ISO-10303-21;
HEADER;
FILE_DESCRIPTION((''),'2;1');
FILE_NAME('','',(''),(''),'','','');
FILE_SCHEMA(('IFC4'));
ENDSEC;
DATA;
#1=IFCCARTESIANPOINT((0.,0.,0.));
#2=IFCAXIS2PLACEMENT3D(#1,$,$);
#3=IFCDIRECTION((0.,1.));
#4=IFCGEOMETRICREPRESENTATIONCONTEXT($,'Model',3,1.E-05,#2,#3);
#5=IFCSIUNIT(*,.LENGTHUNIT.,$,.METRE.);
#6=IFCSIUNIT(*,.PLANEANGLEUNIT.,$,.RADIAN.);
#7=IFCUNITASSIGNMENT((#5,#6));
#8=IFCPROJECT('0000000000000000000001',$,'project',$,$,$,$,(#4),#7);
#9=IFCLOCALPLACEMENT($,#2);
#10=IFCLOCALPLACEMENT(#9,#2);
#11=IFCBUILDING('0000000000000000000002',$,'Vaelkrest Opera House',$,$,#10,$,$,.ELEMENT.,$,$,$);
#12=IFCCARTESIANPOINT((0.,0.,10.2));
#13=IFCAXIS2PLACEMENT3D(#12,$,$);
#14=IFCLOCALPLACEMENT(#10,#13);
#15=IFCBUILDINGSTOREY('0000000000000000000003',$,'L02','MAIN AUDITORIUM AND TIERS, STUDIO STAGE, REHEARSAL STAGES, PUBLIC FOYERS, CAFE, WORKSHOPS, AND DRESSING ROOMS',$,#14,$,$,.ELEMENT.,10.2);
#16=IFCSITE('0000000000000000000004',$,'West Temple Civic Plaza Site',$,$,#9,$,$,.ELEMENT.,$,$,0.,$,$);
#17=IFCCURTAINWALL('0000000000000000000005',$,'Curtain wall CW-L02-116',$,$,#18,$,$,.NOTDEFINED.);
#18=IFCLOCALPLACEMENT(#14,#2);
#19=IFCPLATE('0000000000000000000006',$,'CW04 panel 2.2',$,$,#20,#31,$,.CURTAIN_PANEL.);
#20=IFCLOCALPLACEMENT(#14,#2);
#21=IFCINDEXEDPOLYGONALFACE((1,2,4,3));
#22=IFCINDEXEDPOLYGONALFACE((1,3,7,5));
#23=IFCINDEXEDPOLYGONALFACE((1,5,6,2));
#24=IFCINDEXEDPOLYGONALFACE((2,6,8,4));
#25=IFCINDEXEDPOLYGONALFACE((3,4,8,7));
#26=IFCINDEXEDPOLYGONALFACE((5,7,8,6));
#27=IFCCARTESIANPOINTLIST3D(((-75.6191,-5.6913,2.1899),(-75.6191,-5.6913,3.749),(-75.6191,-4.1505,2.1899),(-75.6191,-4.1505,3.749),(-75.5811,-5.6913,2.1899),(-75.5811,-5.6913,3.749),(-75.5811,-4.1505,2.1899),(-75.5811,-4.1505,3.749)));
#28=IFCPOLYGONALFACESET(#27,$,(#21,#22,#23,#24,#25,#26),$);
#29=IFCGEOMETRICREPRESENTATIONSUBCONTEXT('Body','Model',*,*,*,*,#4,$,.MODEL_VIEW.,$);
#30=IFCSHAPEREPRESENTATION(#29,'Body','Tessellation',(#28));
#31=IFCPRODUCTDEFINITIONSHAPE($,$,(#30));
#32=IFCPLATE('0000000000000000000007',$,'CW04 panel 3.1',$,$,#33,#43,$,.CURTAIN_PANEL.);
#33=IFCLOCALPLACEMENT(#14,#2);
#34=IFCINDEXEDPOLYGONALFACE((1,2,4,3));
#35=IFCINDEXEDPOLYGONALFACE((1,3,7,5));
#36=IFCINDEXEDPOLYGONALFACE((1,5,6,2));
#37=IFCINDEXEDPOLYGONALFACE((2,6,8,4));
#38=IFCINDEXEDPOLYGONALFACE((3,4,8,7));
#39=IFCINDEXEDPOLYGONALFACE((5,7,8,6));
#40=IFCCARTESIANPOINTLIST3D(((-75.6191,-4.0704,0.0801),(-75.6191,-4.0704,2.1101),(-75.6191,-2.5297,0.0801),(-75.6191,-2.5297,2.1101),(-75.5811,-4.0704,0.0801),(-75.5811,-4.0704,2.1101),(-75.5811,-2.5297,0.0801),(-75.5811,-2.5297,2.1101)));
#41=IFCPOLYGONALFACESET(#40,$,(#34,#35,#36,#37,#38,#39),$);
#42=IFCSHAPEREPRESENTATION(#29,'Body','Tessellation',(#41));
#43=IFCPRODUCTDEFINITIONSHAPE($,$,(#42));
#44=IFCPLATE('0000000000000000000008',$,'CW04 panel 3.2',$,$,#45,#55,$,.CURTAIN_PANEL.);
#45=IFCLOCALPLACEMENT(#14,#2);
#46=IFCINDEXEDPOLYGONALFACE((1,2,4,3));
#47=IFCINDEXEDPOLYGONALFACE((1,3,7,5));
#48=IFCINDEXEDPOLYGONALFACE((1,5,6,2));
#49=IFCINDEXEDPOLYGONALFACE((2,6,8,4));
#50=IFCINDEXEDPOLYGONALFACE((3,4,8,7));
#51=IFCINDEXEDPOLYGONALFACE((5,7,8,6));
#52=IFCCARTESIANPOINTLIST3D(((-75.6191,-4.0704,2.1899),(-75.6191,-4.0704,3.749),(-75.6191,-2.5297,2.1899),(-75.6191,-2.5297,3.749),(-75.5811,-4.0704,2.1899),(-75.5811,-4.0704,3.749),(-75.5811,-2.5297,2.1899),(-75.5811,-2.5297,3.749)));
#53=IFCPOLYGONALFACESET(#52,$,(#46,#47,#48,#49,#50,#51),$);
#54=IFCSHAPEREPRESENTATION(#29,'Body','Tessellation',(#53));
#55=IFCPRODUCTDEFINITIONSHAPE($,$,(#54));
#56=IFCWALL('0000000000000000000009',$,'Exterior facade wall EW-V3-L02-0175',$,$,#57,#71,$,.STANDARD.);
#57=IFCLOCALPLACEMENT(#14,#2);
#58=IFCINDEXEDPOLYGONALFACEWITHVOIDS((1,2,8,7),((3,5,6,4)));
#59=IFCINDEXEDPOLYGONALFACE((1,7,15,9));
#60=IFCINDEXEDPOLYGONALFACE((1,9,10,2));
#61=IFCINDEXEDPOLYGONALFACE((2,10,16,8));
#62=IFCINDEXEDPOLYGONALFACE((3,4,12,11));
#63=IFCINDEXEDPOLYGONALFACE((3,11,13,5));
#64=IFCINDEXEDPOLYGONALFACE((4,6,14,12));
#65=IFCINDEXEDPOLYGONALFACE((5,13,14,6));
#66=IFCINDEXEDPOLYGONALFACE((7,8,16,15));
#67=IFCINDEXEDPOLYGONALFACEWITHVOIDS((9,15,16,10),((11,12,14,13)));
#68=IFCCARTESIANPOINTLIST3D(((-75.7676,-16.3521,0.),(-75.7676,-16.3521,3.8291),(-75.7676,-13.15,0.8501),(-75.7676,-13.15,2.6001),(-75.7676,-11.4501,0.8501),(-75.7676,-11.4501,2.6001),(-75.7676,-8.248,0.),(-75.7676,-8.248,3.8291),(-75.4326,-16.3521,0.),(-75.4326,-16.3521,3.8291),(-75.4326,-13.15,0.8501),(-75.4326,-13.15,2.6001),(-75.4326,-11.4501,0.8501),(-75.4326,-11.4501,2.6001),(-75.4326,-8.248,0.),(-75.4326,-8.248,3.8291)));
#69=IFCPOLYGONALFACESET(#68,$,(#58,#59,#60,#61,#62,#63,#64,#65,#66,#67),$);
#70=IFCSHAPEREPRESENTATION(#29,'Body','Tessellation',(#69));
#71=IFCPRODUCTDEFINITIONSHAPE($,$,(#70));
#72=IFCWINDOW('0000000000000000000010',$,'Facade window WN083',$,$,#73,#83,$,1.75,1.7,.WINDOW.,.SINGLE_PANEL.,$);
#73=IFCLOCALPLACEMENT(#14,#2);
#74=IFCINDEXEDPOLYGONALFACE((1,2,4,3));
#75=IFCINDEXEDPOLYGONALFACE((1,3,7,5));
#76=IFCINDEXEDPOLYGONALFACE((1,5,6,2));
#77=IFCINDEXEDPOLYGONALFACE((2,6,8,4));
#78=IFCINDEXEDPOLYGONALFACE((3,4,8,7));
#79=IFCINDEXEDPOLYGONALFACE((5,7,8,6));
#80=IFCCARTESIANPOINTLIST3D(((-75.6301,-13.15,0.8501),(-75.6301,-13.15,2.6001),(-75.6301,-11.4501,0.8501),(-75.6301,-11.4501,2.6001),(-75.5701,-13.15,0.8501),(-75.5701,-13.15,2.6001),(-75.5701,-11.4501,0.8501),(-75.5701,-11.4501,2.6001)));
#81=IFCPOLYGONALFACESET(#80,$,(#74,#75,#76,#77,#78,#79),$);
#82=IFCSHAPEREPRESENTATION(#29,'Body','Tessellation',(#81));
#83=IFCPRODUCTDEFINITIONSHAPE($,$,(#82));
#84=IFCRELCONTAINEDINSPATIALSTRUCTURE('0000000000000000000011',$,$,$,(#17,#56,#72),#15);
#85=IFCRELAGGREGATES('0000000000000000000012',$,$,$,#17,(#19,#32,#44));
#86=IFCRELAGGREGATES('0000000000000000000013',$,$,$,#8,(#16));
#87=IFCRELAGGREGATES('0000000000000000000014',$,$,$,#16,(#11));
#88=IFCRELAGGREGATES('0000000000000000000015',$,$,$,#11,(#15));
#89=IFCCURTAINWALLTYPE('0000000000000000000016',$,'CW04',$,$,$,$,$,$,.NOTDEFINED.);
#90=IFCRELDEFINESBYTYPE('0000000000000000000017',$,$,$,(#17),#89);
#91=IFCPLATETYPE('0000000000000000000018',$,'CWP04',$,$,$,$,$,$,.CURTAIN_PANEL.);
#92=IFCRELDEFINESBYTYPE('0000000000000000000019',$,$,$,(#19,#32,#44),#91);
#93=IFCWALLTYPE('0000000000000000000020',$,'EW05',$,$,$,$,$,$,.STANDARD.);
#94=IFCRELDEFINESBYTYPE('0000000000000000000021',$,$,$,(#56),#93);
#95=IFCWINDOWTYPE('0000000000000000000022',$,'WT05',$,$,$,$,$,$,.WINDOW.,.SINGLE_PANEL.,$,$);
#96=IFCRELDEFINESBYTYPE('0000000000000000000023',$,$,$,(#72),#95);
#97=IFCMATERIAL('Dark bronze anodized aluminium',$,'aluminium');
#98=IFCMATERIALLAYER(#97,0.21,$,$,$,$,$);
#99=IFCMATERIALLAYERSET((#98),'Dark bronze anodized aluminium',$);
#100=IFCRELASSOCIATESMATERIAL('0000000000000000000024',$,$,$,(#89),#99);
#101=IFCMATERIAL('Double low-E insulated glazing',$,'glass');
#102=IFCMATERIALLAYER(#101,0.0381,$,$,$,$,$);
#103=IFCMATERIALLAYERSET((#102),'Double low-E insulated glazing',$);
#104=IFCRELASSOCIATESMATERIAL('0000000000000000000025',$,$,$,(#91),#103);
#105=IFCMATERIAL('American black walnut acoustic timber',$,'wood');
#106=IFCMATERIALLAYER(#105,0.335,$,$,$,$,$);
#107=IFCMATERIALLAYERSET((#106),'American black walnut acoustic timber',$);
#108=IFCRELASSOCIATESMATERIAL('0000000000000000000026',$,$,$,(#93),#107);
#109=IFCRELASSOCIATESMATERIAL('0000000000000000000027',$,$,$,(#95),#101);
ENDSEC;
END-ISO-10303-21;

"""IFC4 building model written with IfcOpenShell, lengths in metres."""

from ifc_helpers import new_model, si_unit, direction, frame, frame_2d, origin, origin_2d, place, context, subcontext, project, spatial, rectangle, extrude, material, layer, layer_set, type_object, element, fill, aggregate, save


model = new_model("IFC4")

# Units and contexts
model_context = context("Model", 3, precision=1e-05, world=origin(), true_north=direction((0.0, 1.0)))
body_context = subcontext(model_context, "Body", "Model", "MODEL_VIEW")
ifc_project = project(units=[si_unit("LENGTHUNIT", "METRE"), si_unit("PLANEANGLEUNIT", "RADIAN")], contexts=[model_context])

# Site, building, storey
site_placement = place(None, origin())
site = spatial("IfcSite", under=ifc_project, at=site_placement, Name="West Temple Civic Plaza Site", CompositionType="ELEMENT", RefElevation=0.0)
building_placement = place(site_placement, origin())
building = spatial("IfcBuilding", under=site, at=building_placement, Name="Vaelkrest Opera House", CompositionType="ELEMENT")
storey_placement = place(building_placement, frame((0.0, 0.0, 10.2)))
storey = spatial("IfcBuildingStorey", under=building, at=storey_placement, Name="L02", Description="MAIN AUDITORIUM AND TIERS, STUDIO STAGE, REHEARSAL STAGES, PUBLIC FOYERS, CAFE, WORKSHOPS, AND DRESSING ROOMS", CompositionType="ELEMENT", Elevation=10.2)

# Curtain wall
ifc_material_1 = material(Name="Dark bronze anodized aluminium", Category="aluminium")
ifc_layer_1 = layer(ifc_material_1, 0.21)
ifc_layer_set_1 = layer_set([ifc_layer_1], Name="Dark bronze anodized aluminium")
curtain_wall_type = type_object("IfcCurtainWallType", Name="CW04", PredefinedType="NOTDEFINED", material=ifc_layer_set_1)
curtain_wall_placement = place(storey_placement, origin())
curtain_wall = element("IfcCurtainWall", 1, at=curtain_wall_placement, inside=storey, type_object=curtain_wall_type, Name="Curtain wall CW-L02-116", PredefinedType="NOTDEFINED")

# Plates
ifc_material_2 = material(Name="Double low-E insulated glazing", Category="glass")
ifc_layer_2 = layer(ifc_material_2, 0.0381)
ifc_layer_set_2 = layer_set([ifc_layer_2], Name="Double low-E insulated glazing")
plate_type = type_object("IfcPlateType", Name="CWP04", PredefinedType="CURTAIN_PANEL", material=ifc_layer_set_2)
plate_1_placement = place(storey_placement, frame((-75.6001, -4.9209, 2.1899), z_axis=(0.0, 0.0, 1.0), x_axis=(0.0, 1.0, 0.0)))
plate_1 = element("IfcPlate", 2, at=plate_1_placement, type_object=plate_type, Name="CW04 panel 2.2", PredefinedType="CURTAIN_PANEL", context=body_context, shape_type="SweptSolid", body=[
    extrude(rectangle(XDim=1.5408, YDim=0.0381, at=origin_2d()), origin(), (0.0, 0.0, 1.0), 1.5591),
])
plate_2_placement = place(storey_placement, frame((-75.6001, -3.3, 0.0801), z_axis=(0.0, 0.0, 1.0), x_axis=(0.0, 1.0, 0.0)))
plate_2 = element("IfcPlate", 3, at=plate_2_placement, type_object=plate_type, Name="CW04 panel 3.1", PredefinedType="CURTAIN_PANEL", context=body_context, shape_type="SweptSolid", body=[
    extrude(rectangle(XDim=1.5408, YDim=0.0381, at=origin_2d()), origin(), (0.0, 0.0, 1.0), 2.03),
])
plate_3_placement = place(storey_placement, frame((-75.6001, -3.3, 2.1899), z_axis=(0.0, 0.0, 1.0), x_axis=(0.0, 1.0, 0.0)))
plate_3 = element("IfcPlate", 4, at=plate_3_placement, type_object=plate_type, Name="CW04 panel 3.2", PredefinedType="CURTAIN_PANEL", context=body_context, shape_type="SweptSolid", body=[
    extrude(rectangle(XDim=1.5408, YDim=0.0381, at=origin_2d()), origin(), (0.0, 0.0, 1.0), 1.5591),
])
aggregate(curtain_wall, [plate_1, plate_2, plate_3])

# Wall, opening, window
ifc_material_3 = material(Name="American black walnut acoustic timber", Category="wood")
ifc_layer_3 = layer(ifc_material_3, 0.335)
ifc_layer_set_3 = layer_set([ifc_layer_3], Name="American black walnut acoustic timber")
wall_type = type_object("IfcWallType", Name="EW05", PredefinedType="STANDARD", material=ifc_layer_set_3)
wall_placement = place(storey_placement, frame((-75.6001, -16.3521, 0.0), z_axis=(0.0, 0.0, 1.0), x_axis=(0.0, 1.0, 0.0)))
wall = element("IfcWall", 5, at=wall_placement, inside=storey, type_object=wall_type, Name="Exterior facade wall EW-V3-L02-0175", PredefinedType="STANDARD", context=body_context, shape_type="SweptSolid", body=[
    extrude(rectangle(XDim=8.104, YDim=0.335, at=frame_2d((4.052, 0.0))), origin(), (0.0, 0.0, 1.0), 3.8291),
])
opening_placement = place(wall_placement, frame((3.2019, 0.0, 0.8501)))
opening = element("IfcOpeningElement", 6, at=opening_placement, cuts=wall, PredefinedType="OPENING", context=body_context, shape_type="SweptSolid", body=[
    extrude(rectangle(XDim=1.7, YDim=1.75, at=frame_2d((0.8501, 0.875))), frame((0.0, 0.1775, 0.0), z_axis=(0.0, -1.0, 0.0), x_axis=(1.0, 0.0, 0.0)), (0.0, 0.0, 1.0), 0.355),
])
window_type = type_object("IfcWindowType", Name="WT05", PartitioningType="SINGLE_PANEL", PredefinedType="WINDOW", material=ifc_material_2)
window_placement = place(opening_placement, origin())
window = element("IfcWindow", 7, at=window_placement, inside=storey, type_object=window_type, Name="Facade window WN083", OverallHeight=1.75, OverallWidth=1.7, PartitioningType="SINGLE_PANEL", PredefinedType="WINDOW", context=body_context, shape_type="SweptSolid", body=[
    extrude(rectangle(XDim=1.7, YDim=1.75, at=frame_2d((0.8501, 0.875))), frame((0.0, 0.03, 0.0), z_axis=(0.0, -1.0, 0.0), x_axis=(1.0, 0.0, 0.0)), (0.0, 0.0, 1.0), 0.0601),
])
fill(opening, window)

save(model, "model.ifc")
